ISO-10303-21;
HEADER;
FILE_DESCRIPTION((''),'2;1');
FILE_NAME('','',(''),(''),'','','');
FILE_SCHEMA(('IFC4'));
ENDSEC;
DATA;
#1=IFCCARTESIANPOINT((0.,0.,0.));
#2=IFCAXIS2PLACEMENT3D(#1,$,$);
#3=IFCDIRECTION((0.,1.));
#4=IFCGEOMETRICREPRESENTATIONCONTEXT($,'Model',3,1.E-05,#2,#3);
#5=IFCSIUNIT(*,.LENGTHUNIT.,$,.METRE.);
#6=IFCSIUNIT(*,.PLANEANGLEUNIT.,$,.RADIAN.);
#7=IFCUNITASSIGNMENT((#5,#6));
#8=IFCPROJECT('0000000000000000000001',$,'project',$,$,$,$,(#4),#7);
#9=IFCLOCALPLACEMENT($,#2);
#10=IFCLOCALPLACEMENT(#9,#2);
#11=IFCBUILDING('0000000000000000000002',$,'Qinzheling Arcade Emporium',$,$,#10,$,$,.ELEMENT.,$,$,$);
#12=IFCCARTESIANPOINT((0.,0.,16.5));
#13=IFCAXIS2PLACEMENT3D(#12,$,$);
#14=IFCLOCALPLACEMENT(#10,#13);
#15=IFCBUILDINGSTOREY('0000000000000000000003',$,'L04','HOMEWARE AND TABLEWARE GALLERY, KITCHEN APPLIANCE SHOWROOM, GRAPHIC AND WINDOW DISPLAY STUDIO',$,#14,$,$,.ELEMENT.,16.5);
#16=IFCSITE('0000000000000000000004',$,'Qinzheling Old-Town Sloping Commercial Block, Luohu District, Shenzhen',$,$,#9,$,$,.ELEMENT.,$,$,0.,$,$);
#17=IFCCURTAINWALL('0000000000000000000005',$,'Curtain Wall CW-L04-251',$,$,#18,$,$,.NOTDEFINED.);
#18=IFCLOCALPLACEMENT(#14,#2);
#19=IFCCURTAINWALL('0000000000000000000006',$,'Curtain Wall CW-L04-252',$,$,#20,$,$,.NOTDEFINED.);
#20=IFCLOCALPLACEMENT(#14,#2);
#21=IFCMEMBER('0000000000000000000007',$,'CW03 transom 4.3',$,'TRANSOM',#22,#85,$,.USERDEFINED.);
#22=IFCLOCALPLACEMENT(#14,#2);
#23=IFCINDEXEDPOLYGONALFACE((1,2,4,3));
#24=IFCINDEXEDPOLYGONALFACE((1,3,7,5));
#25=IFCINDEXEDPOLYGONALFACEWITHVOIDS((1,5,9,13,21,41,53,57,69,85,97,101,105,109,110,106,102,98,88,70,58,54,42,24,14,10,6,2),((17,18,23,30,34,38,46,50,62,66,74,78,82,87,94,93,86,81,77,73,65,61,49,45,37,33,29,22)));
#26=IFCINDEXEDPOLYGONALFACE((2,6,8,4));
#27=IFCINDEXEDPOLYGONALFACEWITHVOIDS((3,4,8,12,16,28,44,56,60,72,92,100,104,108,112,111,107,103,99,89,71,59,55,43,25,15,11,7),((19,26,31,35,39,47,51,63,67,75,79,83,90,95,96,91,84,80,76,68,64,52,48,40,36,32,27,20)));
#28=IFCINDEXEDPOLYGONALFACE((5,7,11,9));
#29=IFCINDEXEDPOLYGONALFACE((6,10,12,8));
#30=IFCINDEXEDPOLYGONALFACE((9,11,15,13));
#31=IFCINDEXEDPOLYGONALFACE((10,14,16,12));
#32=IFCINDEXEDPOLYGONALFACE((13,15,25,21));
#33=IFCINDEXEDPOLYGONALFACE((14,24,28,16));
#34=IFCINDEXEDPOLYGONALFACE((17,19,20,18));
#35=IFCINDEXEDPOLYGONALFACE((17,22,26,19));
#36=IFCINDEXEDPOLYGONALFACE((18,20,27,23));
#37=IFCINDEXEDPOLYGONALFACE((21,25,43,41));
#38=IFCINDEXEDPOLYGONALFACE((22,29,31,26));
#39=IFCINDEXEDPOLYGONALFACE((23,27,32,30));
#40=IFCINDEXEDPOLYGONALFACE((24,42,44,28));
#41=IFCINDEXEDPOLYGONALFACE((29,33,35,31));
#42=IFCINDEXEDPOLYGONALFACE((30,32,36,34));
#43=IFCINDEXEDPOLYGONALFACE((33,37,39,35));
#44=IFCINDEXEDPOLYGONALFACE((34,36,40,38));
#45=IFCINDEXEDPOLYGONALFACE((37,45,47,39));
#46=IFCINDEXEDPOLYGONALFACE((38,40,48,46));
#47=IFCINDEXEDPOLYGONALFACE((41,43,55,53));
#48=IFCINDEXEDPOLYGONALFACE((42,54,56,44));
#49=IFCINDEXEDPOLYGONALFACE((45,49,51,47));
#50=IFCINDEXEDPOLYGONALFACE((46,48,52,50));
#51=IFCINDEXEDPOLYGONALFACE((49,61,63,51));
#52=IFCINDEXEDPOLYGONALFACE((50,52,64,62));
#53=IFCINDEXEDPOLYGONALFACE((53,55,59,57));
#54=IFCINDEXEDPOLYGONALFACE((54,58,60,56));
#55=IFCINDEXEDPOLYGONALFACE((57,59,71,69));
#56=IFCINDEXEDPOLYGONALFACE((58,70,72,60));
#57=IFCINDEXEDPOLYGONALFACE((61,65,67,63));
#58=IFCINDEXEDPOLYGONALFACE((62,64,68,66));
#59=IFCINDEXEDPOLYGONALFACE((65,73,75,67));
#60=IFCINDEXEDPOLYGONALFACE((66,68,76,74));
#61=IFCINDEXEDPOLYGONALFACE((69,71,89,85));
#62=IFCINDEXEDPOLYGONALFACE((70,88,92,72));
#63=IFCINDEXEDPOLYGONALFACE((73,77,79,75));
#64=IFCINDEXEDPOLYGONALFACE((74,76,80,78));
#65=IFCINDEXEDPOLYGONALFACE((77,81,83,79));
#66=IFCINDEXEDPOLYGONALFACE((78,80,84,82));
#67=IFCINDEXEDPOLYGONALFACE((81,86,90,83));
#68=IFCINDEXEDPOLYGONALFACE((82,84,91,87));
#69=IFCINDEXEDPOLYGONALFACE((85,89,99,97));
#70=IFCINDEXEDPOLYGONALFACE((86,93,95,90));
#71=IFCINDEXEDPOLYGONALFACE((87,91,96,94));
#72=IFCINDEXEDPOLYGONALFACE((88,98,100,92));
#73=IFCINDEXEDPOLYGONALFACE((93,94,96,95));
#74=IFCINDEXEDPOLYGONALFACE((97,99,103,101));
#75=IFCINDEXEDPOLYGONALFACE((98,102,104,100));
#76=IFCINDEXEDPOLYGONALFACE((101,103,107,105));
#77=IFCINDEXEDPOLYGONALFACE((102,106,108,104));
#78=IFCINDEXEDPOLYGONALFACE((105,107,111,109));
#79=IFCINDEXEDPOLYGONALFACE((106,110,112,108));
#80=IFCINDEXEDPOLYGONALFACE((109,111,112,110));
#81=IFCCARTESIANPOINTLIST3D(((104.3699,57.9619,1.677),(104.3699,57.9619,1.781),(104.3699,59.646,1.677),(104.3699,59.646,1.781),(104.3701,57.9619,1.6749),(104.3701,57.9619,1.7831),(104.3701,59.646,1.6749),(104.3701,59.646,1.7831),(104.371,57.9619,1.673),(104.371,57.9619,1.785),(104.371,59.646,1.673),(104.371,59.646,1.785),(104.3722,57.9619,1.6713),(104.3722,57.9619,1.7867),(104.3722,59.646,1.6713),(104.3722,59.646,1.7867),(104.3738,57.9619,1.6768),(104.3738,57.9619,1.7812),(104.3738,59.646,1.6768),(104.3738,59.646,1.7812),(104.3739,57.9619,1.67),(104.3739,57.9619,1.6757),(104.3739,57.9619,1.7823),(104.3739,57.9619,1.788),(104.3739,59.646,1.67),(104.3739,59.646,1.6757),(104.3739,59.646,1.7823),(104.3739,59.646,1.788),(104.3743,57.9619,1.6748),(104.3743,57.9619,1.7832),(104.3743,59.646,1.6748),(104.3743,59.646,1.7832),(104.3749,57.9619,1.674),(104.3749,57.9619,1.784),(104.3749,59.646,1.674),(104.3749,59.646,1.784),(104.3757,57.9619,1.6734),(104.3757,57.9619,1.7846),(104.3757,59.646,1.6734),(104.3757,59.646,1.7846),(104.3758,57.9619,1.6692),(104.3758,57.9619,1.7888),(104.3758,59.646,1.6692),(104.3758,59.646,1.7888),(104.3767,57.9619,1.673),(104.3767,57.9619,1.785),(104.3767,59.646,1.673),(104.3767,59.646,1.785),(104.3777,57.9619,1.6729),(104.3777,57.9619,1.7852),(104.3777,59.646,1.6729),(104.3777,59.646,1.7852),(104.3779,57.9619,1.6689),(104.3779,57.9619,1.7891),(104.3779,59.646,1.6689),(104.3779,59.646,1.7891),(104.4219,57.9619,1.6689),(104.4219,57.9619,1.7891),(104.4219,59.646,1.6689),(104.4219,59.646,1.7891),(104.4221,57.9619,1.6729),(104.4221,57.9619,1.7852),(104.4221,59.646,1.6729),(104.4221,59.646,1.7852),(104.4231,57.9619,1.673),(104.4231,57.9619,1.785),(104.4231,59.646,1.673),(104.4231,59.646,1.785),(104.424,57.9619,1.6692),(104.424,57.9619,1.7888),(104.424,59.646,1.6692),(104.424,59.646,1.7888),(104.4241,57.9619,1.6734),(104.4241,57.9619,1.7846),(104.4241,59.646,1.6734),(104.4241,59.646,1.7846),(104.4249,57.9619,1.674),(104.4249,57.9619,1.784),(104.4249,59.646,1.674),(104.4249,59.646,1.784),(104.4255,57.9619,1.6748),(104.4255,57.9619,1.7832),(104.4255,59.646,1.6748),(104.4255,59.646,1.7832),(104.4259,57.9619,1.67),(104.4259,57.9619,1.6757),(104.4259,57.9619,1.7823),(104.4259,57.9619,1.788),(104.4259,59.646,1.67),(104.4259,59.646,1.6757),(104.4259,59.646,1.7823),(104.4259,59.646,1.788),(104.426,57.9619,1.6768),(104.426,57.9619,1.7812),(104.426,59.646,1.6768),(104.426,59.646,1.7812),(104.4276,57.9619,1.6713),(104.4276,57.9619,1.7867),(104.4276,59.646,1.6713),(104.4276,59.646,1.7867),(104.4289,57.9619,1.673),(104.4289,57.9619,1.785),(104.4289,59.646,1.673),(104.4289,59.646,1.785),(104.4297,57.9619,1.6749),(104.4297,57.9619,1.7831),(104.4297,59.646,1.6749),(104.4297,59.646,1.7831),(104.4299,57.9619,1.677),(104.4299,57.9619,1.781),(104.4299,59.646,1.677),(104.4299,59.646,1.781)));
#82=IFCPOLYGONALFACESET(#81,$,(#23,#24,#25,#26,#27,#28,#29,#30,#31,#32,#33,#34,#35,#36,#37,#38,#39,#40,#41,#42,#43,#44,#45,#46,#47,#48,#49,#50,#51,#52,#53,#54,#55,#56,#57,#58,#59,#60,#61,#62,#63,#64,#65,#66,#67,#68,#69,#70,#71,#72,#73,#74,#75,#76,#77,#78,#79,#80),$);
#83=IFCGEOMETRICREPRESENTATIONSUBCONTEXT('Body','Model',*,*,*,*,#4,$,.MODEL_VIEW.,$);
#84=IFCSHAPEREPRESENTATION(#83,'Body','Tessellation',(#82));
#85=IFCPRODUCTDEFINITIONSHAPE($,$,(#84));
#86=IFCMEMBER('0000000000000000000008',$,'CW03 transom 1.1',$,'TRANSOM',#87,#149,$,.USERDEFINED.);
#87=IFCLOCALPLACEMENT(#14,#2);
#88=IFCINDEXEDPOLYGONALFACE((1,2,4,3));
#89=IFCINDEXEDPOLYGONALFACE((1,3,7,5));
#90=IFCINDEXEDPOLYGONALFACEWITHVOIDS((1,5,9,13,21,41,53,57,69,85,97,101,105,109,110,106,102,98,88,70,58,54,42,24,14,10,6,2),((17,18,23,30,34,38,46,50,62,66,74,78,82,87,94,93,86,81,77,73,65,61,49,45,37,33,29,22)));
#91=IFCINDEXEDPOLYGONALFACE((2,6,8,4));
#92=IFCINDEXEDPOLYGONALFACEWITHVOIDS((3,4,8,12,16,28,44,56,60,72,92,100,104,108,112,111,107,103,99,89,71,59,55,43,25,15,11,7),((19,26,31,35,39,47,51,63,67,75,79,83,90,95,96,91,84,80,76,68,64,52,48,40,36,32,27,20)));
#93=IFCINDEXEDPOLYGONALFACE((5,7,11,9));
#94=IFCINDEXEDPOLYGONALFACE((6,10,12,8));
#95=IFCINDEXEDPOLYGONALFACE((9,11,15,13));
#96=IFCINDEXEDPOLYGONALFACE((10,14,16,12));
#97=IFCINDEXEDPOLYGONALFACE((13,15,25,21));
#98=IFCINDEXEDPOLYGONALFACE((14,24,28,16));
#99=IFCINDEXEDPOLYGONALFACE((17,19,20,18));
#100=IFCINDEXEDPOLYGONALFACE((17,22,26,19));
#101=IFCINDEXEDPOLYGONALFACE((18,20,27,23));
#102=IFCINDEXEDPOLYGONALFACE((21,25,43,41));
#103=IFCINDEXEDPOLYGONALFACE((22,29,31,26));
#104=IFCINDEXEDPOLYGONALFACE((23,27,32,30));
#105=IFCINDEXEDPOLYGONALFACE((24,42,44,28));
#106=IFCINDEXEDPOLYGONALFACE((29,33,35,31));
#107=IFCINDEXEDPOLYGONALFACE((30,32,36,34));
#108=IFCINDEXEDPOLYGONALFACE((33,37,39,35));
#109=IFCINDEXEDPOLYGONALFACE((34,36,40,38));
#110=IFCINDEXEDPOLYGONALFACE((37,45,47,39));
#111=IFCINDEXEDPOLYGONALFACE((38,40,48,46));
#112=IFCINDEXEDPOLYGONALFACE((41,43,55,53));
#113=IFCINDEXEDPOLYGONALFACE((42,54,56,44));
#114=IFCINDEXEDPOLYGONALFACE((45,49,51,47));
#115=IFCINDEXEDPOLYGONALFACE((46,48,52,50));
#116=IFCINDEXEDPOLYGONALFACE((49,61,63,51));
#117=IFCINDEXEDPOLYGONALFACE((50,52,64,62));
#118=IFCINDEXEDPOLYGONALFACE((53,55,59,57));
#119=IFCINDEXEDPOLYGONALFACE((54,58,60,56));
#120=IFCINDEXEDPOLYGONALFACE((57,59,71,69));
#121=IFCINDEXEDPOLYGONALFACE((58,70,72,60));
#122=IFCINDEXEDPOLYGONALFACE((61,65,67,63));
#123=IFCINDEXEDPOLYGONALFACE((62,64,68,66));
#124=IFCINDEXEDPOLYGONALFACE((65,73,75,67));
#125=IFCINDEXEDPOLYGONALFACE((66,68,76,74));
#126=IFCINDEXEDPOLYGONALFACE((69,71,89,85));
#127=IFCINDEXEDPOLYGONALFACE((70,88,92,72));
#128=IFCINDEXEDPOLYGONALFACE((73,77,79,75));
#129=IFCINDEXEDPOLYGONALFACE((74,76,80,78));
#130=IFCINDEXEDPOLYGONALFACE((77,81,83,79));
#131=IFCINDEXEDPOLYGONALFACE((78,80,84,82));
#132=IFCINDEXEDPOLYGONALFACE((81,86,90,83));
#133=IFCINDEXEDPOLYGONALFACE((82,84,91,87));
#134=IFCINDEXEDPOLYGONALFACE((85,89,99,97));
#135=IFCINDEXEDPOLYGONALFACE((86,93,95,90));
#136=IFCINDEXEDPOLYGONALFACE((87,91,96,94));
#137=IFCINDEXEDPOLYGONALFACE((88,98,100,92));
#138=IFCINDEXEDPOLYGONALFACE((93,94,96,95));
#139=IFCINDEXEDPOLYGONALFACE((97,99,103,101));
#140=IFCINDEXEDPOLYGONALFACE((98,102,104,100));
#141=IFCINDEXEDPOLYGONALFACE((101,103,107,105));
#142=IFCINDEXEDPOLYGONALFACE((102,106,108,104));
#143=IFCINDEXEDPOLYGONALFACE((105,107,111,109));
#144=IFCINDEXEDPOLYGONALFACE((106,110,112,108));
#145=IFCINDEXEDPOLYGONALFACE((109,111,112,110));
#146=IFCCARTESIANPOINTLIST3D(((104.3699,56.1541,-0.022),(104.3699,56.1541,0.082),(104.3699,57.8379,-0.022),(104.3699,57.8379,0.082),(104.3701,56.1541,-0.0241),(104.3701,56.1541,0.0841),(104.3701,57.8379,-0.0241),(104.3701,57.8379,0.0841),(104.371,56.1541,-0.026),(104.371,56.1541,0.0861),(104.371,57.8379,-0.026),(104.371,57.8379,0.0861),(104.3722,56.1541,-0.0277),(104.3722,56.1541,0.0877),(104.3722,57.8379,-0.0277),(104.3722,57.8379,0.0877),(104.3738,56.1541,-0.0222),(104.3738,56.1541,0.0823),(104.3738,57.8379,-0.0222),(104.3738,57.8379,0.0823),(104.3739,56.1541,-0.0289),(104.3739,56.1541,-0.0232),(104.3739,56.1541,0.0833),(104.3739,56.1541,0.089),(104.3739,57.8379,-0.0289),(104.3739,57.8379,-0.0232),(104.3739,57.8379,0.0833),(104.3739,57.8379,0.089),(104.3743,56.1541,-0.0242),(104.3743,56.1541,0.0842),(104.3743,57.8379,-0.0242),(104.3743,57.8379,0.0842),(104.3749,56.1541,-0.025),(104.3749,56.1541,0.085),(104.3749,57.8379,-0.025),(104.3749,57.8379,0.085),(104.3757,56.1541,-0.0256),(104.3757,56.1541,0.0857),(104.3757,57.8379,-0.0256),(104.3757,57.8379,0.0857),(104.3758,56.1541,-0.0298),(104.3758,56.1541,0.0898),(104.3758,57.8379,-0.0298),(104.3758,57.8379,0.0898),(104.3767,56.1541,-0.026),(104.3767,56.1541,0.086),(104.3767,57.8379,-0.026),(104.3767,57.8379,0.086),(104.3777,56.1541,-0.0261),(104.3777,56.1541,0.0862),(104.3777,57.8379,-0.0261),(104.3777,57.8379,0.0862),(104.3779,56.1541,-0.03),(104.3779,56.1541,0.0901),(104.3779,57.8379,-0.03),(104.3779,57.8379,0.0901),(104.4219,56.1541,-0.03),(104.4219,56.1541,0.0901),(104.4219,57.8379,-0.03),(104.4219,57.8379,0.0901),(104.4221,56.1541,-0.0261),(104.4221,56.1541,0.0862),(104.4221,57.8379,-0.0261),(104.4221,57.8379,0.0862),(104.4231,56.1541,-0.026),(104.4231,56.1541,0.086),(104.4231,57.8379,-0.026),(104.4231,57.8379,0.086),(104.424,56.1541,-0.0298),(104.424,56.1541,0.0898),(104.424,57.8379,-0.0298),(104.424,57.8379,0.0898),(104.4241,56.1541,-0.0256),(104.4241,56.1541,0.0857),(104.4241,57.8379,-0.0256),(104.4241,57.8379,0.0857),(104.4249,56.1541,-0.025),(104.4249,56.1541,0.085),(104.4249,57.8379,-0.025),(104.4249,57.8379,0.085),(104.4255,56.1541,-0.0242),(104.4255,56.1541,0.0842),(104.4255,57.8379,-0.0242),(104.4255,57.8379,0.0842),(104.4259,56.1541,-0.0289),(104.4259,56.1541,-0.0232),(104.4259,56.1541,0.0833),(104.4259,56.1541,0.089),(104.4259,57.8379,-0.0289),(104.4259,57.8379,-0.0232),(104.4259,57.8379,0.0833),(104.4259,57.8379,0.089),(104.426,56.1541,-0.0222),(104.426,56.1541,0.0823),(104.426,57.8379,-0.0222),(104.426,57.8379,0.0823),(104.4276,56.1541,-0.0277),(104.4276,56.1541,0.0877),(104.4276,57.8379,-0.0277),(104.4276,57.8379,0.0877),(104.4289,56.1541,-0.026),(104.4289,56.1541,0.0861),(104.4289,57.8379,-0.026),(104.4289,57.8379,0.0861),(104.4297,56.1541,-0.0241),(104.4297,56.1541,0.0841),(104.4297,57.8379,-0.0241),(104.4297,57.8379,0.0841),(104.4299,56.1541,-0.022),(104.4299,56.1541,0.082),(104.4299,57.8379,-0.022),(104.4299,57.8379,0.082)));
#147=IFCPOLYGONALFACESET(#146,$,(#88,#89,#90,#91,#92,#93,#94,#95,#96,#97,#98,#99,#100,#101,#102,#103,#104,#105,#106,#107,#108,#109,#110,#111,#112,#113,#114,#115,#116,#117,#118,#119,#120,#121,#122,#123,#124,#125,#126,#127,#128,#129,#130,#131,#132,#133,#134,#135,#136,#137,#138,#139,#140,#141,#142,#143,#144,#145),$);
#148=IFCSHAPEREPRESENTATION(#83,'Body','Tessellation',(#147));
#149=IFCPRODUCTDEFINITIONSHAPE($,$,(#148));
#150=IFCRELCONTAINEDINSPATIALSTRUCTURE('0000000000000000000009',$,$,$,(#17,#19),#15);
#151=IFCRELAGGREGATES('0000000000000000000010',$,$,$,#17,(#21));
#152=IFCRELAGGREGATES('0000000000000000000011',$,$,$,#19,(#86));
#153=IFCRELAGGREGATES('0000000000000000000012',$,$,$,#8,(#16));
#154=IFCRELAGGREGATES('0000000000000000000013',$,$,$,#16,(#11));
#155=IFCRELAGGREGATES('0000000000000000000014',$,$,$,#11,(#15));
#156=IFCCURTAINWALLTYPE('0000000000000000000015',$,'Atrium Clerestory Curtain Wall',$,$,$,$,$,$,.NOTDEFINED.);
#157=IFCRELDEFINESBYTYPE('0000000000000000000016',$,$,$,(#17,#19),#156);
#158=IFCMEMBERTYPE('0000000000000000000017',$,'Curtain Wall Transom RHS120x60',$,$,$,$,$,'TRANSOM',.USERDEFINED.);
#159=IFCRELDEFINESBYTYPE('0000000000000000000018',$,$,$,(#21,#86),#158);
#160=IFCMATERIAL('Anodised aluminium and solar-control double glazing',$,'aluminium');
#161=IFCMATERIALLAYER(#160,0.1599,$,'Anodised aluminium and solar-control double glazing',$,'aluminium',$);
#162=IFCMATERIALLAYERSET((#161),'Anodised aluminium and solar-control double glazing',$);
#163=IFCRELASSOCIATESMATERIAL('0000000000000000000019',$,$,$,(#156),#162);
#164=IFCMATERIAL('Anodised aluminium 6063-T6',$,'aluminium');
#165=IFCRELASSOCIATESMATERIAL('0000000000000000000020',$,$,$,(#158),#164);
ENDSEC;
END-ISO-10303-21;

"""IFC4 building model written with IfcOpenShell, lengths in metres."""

from ifc_helpers import new_model, si_unit, direction, frame, origin, origin_2d, place, context, subcontext, project, spatial, hollow_rectangle, extrude, material, layer, layer_set, material_profile, profile_set, type_object, element, aggregate, save


model = new_model("IFC4")

# Units and contexts
model_context = context("Model", 3, precision=1e-05, world=origin(), true_north=direction((0.0, 1.0)))
body_context = subcontext(model_context, "Body", "Model", "MODEL_VIEW")
ifc_project = project(units=[si_unit("LENGTHUNIT", "METRE"), si_unit("PLANEANGLEUNIT", "RADIAN")], contexts=[model_context])

# Site, building, storey
site_placement = place(None, origin())
site = spatial("IfcSite", under=ifc_project, at=site_placement, Name="Qinzheling Old-Town Sloping Commercial Block, Luohu District, Shenzhen", CompositionType="ELEMENT", RefElevation=0.0)
building_placement = place(site_placement, origin())
building = spatial("IfcBuilding", under=site, at=building_placement, Name="Qinzheling Arcade Emporium", CompositionType="ELEMENT")
storey_placement = place(building_placement, frame((0.0, 0.0, 16.5)))
storey = spatial("IfcBuildingStorey", under=building, at=storey_placement, Name="L04", Description="HOMEWARE AND TABLEWARE GALLERY, KITCHEN APPLIANCE SHOWROOM, GRAPHIC AND WINDOW DISPLAY STUDIO", CompositionType="ELEMENT", Elevation=16.5)

# Curtain walls
ifc_material_1 = material(Name="Anodised aluminium and solar-control double glazing", Category="aluminium")
ifc_layer_1 = layer(ifc_material_1, 0.1599, Name="Anodised aluminium and solar-control double glazing", Category="aluminium")
ifc_layer_set_1 = layer_set([ifc_layer_1], Name="Anodised aluminium and solar-control double glazing")
curtain_wall_type = type_object("IfcCurtainWallType", Name="Atrium Clerestory Curtain Wall", PredefinedType="NOTDEFINED", material=ifc_layer_set_1)
curtain_wall_1_placement = place(storey_placement, origin())
curtain_wall_1 = element("IfcCurtainWall", 1, at=curtain_wall_1_placement, inside=storey, type_object=curtain_wall_type, Name="Curtain Wall CW-L04-251", PredefinedType="NOTDEFINED")
ifc_material_2 = material(Name="Anodised aluminium 6063-T6", Category="aluminium")
curtain_wall_2_placement = place(storey_placement, origin())
curtain_wall_2 = element("IfcCurtainWall", 2, at=curtain_wall_2_placement, inside=storey, type_object=curtain_wall_type, Name="Curtain Wall CW-L04-252", PredefinedType="NOTDEFINED")

# Members
ifc_material_profile_1 = material_profile(ifc_material_2, hollow_rectangle(XDim=0.0601, YDim=0.1201, WallThickness=0.0039, InnerFilletRadius=0.0039, OuterFilletRadius=0.0081, at=origin_2d()), Name="RHS 120x60x4", Category="aluminium")
ifc_profile_set_1 = profile_set([ifc_material_profile_1], Name="Anodised aluminium 6063-T6")
member_type_1 = type_object("IfcMemberType", Name="Curtain Wall Transom RHS120x60", ElementType="TRANSOM", PredefinedType="USERDEFINED", material=ifc_profile_set_1)
member_1_placement = place(storey_placement, frame((104.3999, 59.646, 1.729), z_axis=(0.0, -1.0, 0.0), x_axis=(1.0, 0.0, 0.0)))
member_1 = element("IfcMember", 3, at=member_1_placement, type_object=member_type_1, Name="CW03 transom 4.3", ObjectType="TRANSOM", PredefinedType="USERDEFINED", context=body_context, shape_type="SweptSolid", body=[
    extrude(hollow_rectangle(XDim=0.0601, YDim=0.1201, WallThickness=0.0039, InnerFilletRadius=0.0039, OuterFilletRadius=0.0081, at=origin_2d()), origin(), (0.0, 0.0, 1.0), 1.6841),
])
member_2_placement = place(storey_placement, frame((104.3999, 57.8379, 0.03), z_axis=(0.0, -1.0, 0.0), x_axis=(1.0, 0.0, 0.0)))
member_2 = element("IfcMember", 4, at=member_2_placement, type_object=member_type_1, Name="CW03 transom 1.1", ObjectType="TRANSOM", PredefinedType="USERDEFINED", context=body_context, shape_type="SweptSolid", body=[
    extrude(hollow_rectangle(XDim=0.0601, YDim=0.1201, WallThickness=0.0039, InnerFilletRadius=0.0039, OuterFilletRadius=0.0081, at=origin_2d()), origin(), (0.0, 0.0, 1.0), 1.6838),
])

aggregate(curtain_wall_1, [member_1])
aggregate(curtain_wall_2, [member_2])

save(model, "model.ifc")
